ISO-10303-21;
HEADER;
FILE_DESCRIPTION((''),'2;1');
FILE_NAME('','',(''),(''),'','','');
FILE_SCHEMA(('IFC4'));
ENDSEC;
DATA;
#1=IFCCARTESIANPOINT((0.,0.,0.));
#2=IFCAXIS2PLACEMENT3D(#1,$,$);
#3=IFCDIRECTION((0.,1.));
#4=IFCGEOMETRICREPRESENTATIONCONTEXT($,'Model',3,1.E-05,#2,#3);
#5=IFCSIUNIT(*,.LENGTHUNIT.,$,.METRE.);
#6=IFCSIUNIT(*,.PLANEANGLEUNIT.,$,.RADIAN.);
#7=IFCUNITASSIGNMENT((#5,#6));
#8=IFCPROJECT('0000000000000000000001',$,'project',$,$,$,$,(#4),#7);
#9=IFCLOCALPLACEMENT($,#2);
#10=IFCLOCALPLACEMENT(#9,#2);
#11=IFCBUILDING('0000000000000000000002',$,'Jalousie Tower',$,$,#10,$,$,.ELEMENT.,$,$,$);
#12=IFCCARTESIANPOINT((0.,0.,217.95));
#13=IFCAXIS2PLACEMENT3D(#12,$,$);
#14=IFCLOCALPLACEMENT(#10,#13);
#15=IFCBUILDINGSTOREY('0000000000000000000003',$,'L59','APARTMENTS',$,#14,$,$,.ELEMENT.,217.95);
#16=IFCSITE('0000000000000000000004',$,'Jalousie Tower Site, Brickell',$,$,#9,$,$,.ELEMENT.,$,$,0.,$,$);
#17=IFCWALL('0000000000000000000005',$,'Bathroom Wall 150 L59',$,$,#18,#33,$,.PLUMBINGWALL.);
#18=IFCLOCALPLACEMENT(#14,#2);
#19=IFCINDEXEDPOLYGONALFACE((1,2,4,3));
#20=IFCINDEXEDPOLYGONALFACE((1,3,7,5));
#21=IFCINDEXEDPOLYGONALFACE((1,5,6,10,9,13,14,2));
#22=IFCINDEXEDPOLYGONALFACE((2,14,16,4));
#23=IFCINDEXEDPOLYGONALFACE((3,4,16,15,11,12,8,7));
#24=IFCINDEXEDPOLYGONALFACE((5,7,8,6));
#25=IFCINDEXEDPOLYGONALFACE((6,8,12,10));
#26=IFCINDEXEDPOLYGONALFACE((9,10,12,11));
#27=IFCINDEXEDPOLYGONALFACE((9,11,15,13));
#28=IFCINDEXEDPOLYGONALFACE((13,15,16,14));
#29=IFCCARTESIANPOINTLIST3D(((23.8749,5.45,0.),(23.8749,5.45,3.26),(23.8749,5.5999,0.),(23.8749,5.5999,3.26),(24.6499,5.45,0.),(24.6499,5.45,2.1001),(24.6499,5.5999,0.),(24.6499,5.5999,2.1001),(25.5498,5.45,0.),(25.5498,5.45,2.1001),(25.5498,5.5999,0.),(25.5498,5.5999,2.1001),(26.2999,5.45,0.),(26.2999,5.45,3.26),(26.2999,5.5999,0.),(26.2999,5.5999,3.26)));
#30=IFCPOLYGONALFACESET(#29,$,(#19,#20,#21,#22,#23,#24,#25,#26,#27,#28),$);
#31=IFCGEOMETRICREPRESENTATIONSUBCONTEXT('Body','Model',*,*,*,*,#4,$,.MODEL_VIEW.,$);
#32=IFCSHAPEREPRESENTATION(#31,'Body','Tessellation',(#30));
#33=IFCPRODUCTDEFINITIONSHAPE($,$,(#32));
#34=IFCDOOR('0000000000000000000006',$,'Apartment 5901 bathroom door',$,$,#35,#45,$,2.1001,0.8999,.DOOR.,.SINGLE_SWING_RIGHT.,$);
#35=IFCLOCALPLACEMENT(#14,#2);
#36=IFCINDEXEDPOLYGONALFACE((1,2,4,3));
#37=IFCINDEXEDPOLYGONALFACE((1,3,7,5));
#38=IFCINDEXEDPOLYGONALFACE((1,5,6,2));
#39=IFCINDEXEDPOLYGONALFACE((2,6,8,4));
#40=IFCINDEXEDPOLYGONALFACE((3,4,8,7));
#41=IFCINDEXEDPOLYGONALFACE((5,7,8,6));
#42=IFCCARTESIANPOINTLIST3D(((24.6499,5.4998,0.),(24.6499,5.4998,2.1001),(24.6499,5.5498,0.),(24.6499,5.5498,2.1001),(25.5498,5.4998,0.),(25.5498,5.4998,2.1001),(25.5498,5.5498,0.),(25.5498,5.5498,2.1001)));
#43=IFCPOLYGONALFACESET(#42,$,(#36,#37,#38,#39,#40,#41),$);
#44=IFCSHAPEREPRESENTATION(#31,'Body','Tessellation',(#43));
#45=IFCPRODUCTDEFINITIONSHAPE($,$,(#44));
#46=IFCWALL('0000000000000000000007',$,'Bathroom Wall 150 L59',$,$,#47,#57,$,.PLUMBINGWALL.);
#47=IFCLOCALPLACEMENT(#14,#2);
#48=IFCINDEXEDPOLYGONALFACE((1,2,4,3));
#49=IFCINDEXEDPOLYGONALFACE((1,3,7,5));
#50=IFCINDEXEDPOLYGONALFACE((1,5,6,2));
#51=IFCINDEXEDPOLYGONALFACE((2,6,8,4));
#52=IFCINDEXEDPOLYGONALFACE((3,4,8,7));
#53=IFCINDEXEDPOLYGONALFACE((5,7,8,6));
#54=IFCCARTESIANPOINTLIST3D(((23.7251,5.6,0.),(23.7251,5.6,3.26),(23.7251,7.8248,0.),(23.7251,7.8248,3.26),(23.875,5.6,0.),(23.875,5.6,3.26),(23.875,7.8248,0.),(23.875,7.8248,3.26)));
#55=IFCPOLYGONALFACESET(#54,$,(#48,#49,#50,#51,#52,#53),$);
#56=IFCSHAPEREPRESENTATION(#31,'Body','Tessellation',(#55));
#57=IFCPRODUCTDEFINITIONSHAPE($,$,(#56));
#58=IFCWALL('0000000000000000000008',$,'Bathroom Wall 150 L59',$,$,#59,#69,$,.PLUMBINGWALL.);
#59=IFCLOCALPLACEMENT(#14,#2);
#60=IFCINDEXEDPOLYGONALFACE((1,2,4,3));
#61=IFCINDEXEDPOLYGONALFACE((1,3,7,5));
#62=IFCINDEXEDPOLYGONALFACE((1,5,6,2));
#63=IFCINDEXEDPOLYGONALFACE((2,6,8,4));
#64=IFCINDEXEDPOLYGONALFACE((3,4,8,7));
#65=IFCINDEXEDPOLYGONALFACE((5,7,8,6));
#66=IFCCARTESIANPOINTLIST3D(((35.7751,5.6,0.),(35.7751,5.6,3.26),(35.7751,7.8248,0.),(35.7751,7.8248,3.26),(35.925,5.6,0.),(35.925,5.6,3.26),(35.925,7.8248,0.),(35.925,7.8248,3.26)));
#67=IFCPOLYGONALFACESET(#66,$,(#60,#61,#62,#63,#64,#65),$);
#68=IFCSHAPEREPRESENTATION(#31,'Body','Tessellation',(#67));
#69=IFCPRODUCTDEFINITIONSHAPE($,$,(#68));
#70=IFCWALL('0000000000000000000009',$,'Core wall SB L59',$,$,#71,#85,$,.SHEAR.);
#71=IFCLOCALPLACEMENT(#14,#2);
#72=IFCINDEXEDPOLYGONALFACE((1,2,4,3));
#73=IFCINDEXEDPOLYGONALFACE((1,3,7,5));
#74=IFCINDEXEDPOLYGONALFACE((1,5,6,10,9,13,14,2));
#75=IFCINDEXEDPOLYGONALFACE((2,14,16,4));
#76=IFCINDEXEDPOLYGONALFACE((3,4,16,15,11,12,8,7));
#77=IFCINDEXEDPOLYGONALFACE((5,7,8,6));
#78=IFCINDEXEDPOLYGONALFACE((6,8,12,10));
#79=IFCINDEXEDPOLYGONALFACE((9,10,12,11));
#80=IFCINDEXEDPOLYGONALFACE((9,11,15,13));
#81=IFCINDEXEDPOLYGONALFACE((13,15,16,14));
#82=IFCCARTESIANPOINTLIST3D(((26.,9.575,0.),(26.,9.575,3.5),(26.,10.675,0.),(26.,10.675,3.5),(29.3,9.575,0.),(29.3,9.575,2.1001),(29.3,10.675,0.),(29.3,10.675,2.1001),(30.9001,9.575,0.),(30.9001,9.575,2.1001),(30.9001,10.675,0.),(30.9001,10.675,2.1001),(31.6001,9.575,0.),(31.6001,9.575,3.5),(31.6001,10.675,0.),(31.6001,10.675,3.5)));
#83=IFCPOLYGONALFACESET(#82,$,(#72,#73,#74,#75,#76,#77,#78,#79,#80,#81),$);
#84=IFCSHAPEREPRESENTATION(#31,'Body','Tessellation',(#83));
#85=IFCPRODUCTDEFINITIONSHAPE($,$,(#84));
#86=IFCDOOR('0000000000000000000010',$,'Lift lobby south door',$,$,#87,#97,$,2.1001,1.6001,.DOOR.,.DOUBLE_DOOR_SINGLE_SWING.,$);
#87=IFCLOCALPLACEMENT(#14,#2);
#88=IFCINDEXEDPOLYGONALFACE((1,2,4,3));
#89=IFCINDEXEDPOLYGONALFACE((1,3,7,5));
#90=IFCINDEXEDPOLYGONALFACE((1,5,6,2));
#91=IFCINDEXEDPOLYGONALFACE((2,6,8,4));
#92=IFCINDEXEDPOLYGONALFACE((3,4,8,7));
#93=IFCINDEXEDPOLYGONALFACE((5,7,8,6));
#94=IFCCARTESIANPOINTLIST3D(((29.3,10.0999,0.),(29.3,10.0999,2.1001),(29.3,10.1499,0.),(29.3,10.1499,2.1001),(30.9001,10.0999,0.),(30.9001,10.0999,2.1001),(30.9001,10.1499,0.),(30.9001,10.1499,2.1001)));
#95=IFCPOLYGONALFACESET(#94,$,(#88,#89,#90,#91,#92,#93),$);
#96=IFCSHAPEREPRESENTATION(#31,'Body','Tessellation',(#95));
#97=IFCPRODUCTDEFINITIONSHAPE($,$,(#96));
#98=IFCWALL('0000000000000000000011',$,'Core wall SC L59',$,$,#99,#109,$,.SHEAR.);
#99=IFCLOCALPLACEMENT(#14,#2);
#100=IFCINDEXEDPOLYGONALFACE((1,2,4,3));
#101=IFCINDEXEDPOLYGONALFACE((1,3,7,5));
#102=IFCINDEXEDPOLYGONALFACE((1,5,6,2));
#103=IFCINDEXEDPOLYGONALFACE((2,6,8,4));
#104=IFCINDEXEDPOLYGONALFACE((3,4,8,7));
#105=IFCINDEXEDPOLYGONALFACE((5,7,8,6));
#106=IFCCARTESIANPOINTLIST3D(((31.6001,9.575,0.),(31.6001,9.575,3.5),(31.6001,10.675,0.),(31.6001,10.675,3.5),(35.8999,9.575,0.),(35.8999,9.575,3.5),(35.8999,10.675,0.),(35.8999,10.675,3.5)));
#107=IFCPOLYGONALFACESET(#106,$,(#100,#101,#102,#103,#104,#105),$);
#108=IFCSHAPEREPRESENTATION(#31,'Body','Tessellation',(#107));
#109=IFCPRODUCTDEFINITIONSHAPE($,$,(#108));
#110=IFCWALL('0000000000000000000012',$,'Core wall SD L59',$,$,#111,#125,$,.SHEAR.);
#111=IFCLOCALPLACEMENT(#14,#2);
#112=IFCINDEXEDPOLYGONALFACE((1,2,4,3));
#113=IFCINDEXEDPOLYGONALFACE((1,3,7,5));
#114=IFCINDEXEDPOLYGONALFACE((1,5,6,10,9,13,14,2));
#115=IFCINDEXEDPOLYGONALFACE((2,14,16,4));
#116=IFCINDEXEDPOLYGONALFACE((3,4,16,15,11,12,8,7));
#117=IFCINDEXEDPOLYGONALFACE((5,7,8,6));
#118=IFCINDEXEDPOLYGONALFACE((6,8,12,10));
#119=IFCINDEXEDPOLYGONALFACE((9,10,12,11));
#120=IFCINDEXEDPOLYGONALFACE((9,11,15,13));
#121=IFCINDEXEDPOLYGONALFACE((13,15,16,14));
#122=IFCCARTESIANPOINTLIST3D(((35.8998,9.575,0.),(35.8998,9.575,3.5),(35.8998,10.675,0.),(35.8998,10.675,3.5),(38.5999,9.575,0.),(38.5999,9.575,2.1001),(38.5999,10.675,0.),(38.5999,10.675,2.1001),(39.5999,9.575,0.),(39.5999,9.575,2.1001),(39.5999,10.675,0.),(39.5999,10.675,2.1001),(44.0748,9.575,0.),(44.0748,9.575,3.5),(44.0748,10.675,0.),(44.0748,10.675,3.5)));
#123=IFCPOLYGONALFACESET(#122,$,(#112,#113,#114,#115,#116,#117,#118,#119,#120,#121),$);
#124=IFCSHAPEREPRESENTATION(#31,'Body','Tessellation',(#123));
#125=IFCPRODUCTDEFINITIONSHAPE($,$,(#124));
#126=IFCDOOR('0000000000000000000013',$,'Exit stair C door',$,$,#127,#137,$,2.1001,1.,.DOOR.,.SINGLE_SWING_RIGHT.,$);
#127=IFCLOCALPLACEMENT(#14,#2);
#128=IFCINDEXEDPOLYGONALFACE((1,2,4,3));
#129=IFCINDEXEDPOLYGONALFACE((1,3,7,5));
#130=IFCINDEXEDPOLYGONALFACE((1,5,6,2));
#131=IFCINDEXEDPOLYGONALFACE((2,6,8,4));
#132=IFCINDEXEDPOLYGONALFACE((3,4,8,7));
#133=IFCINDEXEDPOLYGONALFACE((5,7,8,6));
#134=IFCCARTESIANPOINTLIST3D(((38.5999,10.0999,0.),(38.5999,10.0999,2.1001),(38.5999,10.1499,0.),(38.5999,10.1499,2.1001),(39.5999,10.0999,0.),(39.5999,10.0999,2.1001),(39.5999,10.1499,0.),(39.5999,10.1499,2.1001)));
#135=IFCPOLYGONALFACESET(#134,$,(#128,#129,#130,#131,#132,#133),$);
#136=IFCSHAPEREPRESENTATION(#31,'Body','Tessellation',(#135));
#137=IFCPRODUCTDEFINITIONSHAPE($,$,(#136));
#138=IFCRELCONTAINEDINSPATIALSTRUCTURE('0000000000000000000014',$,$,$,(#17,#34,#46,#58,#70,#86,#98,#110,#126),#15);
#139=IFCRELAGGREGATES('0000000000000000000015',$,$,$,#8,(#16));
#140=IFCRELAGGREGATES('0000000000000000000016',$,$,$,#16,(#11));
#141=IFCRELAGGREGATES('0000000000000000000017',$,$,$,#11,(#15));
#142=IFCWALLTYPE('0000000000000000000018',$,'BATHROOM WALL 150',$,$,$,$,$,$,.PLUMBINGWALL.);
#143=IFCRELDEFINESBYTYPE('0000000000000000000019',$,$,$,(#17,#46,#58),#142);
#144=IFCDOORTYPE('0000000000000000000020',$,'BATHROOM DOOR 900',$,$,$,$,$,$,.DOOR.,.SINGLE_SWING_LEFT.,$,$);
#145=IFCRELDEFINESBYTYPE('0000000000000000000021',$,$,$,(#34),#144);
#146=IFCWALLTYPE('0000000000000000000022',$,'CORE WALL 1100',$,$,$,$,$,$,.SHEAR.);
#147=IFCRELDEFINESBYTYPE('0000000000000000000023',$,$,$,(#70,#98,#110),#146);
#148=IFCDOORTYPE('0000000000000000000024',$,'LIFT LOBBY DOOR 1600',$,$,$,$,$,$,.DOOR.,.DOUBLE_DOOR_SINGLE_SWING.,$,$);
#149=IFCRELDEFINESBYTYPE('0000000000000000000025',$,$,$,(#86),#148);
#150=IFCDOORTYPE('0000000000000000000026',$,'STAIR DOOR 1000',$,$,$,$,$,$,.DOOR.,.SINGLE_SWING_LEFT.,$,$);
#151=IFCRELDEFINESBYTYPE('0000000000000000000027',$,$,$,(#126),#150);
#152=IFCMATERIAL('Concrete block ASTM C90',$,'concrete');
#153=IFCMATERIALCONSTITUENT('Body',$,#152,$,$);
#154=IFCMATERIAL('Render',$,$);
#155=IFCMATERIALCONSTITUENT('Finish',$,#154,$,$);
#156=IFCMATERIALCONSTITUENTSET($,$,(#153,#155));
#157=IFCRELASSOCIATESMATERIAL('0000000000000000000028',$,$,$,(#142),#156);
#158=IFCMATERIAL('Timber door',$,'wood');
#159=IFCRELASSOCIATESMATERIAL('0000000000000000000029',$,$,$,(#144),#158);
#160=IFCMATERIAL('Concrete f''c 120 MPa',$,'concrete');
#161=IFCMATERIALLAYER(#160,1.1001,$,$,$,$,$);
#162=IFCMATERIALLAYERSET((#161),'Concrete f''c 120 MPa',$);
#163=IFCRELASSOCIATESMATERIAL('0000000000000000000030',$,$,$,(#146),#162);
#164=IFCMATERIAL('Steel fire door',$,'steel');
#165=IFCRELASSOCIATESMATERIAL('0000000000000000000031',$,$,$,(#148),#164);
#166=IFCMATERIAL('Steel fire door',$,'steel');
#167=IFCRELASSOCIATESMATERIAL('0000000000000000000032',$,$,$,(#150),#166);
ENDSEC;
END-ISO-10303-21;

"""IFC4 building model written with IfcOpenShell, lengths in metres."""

from ifc_helpers import new_model, si_unit, direction, frame, frame_2d, origin, place, context, subcontext, project, spatial, rectangle, extrude, material, layer, layer_set, constituent, constituent_set, type_object, element, fill, save


model = new_model("IFC4")

# Units and contexts
model_context = context("Model", 3, precision=1e-05, world=origin(), true_north=direction((0.0, 1.0)))
body_context = subcontext(model_context, "Body", "Model", "MODEL_VIEW")
ifc_project = project(units=[si_unit("LENGTHUNIT", "METRE"), si_unit("PLANEANGLEUNIT", "RADIAN")], contexts=[model_context])

# Site, building, storey
site_placement = place(None, origin())
site = spatial("IfcSite", under=ifc_project, at=site_placement, Name="Jalousie Tower Site, Brickell", CompositionType="ELEMENT", RefElevation=0.0)
building_placement = place(site_placement, origin())
building = spatial("IfcBuilding", under=site, at=building_placement, Name="Jalousie Tower", CompositionType="ELEMENT")
storey_placement = place(building_placement, frame((0.0, 0.0, 217.95)))
storey = spatial("IfcBuildingStorey", under=building, at=storey_placement, Name="L59", Description="APARTMENTS", CompositionType="ELEMENT", Elevation=217.95)

# Wall, opening, door
ifc_material_1 = material(Name="Concrete block ASTM C90", Category="concrete")
ifc_constituent_1 = constituent(ifc_material_1, Name="Body")
ifc_material_2 = material(Name="Render")
ifc_constituent_2 = constituent(ifc_material_2, Name="Finish")
ifc_constituent_set_1 = constituent_set(constituents=[ifc_constituent_1, ifc_constituent_2])
wall_type_1 = type_object("IfcWallType", Name="BATHROOM WALL 150", PredefinedType="PLUMBINGWALL", material=ifc_constituent_set_1)
wall_1_placement = place(storey_placement, frame((23.875, 5.5249, 0.0), z_axis=(0.0, 0.0, 1.0), x_axis=(1.0, 0.0, 0.0)))
wall_1 = element("IfcWall", 1, at=wall_1_placement, inside=storey, type_object=wall_type_1, Name="Bathroom Wall 150 L59", PredefinedType="PLUMBINGWALL", context=body_context, shape_type="SweptSolid", body=[
    extrude(rectangle(XDim=2.425, YDim=0.1499, at=frame_2d((1.2124, 0.0))), origin(), (0.0, 0.0, 1.0), 3.26),
])
opening_1_placement = place(wall_1_placement, frame((0.7749, 0.0, 0.0)))
opening_1 = element("IfcOpeningElement", 2, at=opening_1_placement, cuts=wall_1, PredefinedType="OPENING", context=body_context, shape_type="SweptSolid", body=[
    extrude(rectangle(XDim=0.8999, YDim=2.1001, at=frame_2d((0.45, 1.05))), frame((0.0, 0.085, 0.0), z_axis=(0.0, -1.0, 0.0), x_axis=(1.0, 0.0, 0.0)), (0.0, 0.0, 1.0), 0.1699),
])
ifc_material_3 = material(Name="Timber door", Category="wood")
door_type_1 = type_object("IfcDoorType", Name="BATHROOM DOOR 900", OperationType="SINGLE_SWING_LEFT", PredefinedType="DOOR", material=ifc_material_3)
door_1_placement = place(opening_1_placement, origin())
door_1 = element("IfcDoor", 3, at=door_1_placement, inside=storey, type_object=door_type_1, Name="Apartment 5901 bathroom door", OperationType="SINGLE_SWING_RIGHT", OverallHeight=2.1001, OverallWidth=0.8999, PredefinedType="DOOR", context=body_context, shape_type="SweptSolid", body=[
    extrude(rectangle(XDim=0.8999, YDim=2.1001, at=frame_2d((0.45, 1.05))), frame((0.0, 0.0249, 0.0), z_axis=(0.0, -1.0, 0.0), x_axis=(1.0, 0.0, 0.0)), (0.0, 0.0, 1.0), 0.05),
])
fill(opening_1, door_1)

# Walls
for number, where, z_axis, x_axis, name in (
    (4, (23.8, 5.6001, 0.0), (0.0, 0.0, 1.0), (0.0, 1.0, 0.0), "Bathroom Wall 150 L59"),
    (5, (35.8501, 5.6001, 0.0), (0.0, 0.0, 1.0), (0.0, 1.0, 0.0), "Bathroom Wall 150 L59"),
):
    element("IfcWall", number, at=place(storey_placement, frame(where, z_axis=z_axis, x_axis=x_axis)), inside=storey, type_object=wall_type_1, Name=name, PredefinedType="PLUMBINGWALL", context=body_context, shape_type="SweptSolid", body=[
        extrude(rectangle(XDim=2.2249, YDim=0.1499, at=frame_2d((1.1123, 0.0))), origin(), (0.0, 0.0, 1.0), 3.26),
    ])

# Wall, opening, door
ifc_material_4 = material(Name="Concrete f'c 120 MPa", Category="concrete")
ifc_layer = layer(ifc_material_4, 1.1001)
ifc_layer_set = layer_set([ifc_layer], Name="Concrete f'c 120 MPa")
wall_type_2 = type_object("IfcWallType", Name="CORE WALL 1100", PredefinedType="SHEAR", material=ifc_layer_set)
wall_2_placement = place(storey_placement, frame((26.0, 10.125, 0.0), z_axis=(0.0, 0.0, 1.0), x_axis=(1.0, 0.0, 0.0)))
wall_2 = element("IfcWall", 6, at=wall_2_placement, inside=storey, type_object=wall_type_2, Name="Core wall SB L59", PredefinedType="SHEAR", context=body_context, shape_type="SweptSolid", body=[
    extrude(rectangle(XDim=5.6001, YDim=1.1001, at=frame_2d((2.8, 0.0))), origin(), (0.0, 0.0, 1.0), 3.5),
])
opening_2_placement = place(wall_2_placement, frame((3.3, 0.0, 0.0)))
opening_2 = element("IfcOpeningElement", 7, at=opening_2_placement, cuts=wall_2, PredefinedType="OPENING", context=body_context, shape_type="SweptSolid", body=[
    extrude(rectangle(XDim=1.6001, YDim=2.1001, at=frame_2d((0.8, 1.05))), frame((0.0, 0.5601, 0.0), z_axis=(0.0, -1.0, 0.0), x_axis=(1.0, 0.0, 0.0)), (0.0, 0.0, 1.0), 1.1201),
])
ifc_material_5 = material(Name="Steel fire door", Category="steel")
door_type_2 = type_object("IfcDoorType", Name="LIFT LOBBY DOOR 1600", OperationType="DOUBLE_DOOR_SINGLE_SWING", PredefinedType="DOOR", material=ifc_material_5)
door_2_placement = place(opening_2_placement, origin())
door_2 = element("IfcDoor", 8, at=door_2_placement, inside=storey, type_object=door_type_2, Name="Lift lobby south door", OperationType="DOUBLE_DOOR_SINGLE_SWING", OverallHeight=2.1001, OverallWidth=1.6001, PredefinedType="DOOR", context=body_context, shape_type="SweptSolid", body=[
    extrude(rectangle(XDim=1.6001, YDim=2.1001, at=frame_2d((0.8, 1.05))), frame((0.0, 0.0249, 0.0), z_axis=(0.0, -1.0, 0.0), x_axis=(1.0, 0.0, 0.0)), (0.0, 0.0, 1.0), 0.05),
])
fill(opening_2, door_2)

# Wall
wall_3_placement = place(storey_placement, frame((31.6001, 10.125, 0.0), z_axis=(0.0, 0.0, 1.0), x_axis=(1.0, 0.0, 0.0)))
element("IfcWall", 9, at=wall_3_placement, inside=storey, type_object=wall_type_2, Name="Core wall SC L59", PredefinedType="SHEAR", context=body_context, shape_type="SweptSolid", body=[
    extrude(rectangle(XDim=4.2998, YDim=1.1001, at=frame_2d((2.1499, 0.0))), origin(), (0.0, 0.0, 1.0), 3.5),
])

# Wall, opening, door
wall_4_placement = place(storey_placement, frame((35.8999, 10.125, 0.0), z_axis=(0.0, 0.0, 1.0), x_axis=(1.0, 0.0, 0.0)))
wall_4 = element("IfcWall", 10, at=wall_4_placement, inside=storey, type_object=wall_type_2, Name="Core wall SD L59", PredefinedType="SHEAR", context=body_context, shape_type="SweptSolid", body=[
    extrude(rectangle(XDim=8.175, YDim=1.1001, at=frame_2d((4.0874, 0.0))), origin(), (0.0, 0.0, 1.0), 3.5),
])
opening_3_placement = place(wall_4_placement, frame((2.7, 0.0, 0.0)))
opening_3 = element("IfcOpeningElement", 11, at=opening_3_placement, cuts=wall_4, PredefinedType="OPENING", context=body_context, shape_type="SweptSolid", body=[
    extrude(rectangle(XDim=1.0, YDim=2.1001, at=frame_2d((0.5, 1.05))), frame((0.0, 0.5601, 0.0), z_axis=(0.0, -1.0, 0.0), x_axis=(1.0, 0.0, 0.0)), (0.0, 0.0, 1.0), 1.1201),
])
ifc_material_6 = material(Name="Steel fire door", Category="steel")
door_type_3 = type_object("IfcDoorType", Name="STAIR DOOR 1000", OperationType="SINGLE_SWING_LEFT", PredefinedType="DOOR", material=ifc_material_6)
door_3_placement = place(opening_3_placement, origin())
door_3 = element("IfcDoor", 12, at=door_3_placement, inside=storey, type_object=door_type_3, Name="Exit stair C door", OperationType="SINGLE_SWING_RIGHT", OverallHeight=2.1001, OverallWidth=1.0, PredefinedType="DOOR", context=body_context, shape_type="SweptSolid", body=[
    extrude(rectangle(XDim=1.0, YDim=2.1001, at=frame_2d((0.5, 1.05))), frame((0.0, 0.0249, 0.0), z_axis=(0.0, -1.0, 0.0), x_axis=(1.0, 0.0, 0.0)), (0.0, 0.0, 1.0), 0.05),
])
fill(opening_3, door_3)

save(model, "model.ifc")
